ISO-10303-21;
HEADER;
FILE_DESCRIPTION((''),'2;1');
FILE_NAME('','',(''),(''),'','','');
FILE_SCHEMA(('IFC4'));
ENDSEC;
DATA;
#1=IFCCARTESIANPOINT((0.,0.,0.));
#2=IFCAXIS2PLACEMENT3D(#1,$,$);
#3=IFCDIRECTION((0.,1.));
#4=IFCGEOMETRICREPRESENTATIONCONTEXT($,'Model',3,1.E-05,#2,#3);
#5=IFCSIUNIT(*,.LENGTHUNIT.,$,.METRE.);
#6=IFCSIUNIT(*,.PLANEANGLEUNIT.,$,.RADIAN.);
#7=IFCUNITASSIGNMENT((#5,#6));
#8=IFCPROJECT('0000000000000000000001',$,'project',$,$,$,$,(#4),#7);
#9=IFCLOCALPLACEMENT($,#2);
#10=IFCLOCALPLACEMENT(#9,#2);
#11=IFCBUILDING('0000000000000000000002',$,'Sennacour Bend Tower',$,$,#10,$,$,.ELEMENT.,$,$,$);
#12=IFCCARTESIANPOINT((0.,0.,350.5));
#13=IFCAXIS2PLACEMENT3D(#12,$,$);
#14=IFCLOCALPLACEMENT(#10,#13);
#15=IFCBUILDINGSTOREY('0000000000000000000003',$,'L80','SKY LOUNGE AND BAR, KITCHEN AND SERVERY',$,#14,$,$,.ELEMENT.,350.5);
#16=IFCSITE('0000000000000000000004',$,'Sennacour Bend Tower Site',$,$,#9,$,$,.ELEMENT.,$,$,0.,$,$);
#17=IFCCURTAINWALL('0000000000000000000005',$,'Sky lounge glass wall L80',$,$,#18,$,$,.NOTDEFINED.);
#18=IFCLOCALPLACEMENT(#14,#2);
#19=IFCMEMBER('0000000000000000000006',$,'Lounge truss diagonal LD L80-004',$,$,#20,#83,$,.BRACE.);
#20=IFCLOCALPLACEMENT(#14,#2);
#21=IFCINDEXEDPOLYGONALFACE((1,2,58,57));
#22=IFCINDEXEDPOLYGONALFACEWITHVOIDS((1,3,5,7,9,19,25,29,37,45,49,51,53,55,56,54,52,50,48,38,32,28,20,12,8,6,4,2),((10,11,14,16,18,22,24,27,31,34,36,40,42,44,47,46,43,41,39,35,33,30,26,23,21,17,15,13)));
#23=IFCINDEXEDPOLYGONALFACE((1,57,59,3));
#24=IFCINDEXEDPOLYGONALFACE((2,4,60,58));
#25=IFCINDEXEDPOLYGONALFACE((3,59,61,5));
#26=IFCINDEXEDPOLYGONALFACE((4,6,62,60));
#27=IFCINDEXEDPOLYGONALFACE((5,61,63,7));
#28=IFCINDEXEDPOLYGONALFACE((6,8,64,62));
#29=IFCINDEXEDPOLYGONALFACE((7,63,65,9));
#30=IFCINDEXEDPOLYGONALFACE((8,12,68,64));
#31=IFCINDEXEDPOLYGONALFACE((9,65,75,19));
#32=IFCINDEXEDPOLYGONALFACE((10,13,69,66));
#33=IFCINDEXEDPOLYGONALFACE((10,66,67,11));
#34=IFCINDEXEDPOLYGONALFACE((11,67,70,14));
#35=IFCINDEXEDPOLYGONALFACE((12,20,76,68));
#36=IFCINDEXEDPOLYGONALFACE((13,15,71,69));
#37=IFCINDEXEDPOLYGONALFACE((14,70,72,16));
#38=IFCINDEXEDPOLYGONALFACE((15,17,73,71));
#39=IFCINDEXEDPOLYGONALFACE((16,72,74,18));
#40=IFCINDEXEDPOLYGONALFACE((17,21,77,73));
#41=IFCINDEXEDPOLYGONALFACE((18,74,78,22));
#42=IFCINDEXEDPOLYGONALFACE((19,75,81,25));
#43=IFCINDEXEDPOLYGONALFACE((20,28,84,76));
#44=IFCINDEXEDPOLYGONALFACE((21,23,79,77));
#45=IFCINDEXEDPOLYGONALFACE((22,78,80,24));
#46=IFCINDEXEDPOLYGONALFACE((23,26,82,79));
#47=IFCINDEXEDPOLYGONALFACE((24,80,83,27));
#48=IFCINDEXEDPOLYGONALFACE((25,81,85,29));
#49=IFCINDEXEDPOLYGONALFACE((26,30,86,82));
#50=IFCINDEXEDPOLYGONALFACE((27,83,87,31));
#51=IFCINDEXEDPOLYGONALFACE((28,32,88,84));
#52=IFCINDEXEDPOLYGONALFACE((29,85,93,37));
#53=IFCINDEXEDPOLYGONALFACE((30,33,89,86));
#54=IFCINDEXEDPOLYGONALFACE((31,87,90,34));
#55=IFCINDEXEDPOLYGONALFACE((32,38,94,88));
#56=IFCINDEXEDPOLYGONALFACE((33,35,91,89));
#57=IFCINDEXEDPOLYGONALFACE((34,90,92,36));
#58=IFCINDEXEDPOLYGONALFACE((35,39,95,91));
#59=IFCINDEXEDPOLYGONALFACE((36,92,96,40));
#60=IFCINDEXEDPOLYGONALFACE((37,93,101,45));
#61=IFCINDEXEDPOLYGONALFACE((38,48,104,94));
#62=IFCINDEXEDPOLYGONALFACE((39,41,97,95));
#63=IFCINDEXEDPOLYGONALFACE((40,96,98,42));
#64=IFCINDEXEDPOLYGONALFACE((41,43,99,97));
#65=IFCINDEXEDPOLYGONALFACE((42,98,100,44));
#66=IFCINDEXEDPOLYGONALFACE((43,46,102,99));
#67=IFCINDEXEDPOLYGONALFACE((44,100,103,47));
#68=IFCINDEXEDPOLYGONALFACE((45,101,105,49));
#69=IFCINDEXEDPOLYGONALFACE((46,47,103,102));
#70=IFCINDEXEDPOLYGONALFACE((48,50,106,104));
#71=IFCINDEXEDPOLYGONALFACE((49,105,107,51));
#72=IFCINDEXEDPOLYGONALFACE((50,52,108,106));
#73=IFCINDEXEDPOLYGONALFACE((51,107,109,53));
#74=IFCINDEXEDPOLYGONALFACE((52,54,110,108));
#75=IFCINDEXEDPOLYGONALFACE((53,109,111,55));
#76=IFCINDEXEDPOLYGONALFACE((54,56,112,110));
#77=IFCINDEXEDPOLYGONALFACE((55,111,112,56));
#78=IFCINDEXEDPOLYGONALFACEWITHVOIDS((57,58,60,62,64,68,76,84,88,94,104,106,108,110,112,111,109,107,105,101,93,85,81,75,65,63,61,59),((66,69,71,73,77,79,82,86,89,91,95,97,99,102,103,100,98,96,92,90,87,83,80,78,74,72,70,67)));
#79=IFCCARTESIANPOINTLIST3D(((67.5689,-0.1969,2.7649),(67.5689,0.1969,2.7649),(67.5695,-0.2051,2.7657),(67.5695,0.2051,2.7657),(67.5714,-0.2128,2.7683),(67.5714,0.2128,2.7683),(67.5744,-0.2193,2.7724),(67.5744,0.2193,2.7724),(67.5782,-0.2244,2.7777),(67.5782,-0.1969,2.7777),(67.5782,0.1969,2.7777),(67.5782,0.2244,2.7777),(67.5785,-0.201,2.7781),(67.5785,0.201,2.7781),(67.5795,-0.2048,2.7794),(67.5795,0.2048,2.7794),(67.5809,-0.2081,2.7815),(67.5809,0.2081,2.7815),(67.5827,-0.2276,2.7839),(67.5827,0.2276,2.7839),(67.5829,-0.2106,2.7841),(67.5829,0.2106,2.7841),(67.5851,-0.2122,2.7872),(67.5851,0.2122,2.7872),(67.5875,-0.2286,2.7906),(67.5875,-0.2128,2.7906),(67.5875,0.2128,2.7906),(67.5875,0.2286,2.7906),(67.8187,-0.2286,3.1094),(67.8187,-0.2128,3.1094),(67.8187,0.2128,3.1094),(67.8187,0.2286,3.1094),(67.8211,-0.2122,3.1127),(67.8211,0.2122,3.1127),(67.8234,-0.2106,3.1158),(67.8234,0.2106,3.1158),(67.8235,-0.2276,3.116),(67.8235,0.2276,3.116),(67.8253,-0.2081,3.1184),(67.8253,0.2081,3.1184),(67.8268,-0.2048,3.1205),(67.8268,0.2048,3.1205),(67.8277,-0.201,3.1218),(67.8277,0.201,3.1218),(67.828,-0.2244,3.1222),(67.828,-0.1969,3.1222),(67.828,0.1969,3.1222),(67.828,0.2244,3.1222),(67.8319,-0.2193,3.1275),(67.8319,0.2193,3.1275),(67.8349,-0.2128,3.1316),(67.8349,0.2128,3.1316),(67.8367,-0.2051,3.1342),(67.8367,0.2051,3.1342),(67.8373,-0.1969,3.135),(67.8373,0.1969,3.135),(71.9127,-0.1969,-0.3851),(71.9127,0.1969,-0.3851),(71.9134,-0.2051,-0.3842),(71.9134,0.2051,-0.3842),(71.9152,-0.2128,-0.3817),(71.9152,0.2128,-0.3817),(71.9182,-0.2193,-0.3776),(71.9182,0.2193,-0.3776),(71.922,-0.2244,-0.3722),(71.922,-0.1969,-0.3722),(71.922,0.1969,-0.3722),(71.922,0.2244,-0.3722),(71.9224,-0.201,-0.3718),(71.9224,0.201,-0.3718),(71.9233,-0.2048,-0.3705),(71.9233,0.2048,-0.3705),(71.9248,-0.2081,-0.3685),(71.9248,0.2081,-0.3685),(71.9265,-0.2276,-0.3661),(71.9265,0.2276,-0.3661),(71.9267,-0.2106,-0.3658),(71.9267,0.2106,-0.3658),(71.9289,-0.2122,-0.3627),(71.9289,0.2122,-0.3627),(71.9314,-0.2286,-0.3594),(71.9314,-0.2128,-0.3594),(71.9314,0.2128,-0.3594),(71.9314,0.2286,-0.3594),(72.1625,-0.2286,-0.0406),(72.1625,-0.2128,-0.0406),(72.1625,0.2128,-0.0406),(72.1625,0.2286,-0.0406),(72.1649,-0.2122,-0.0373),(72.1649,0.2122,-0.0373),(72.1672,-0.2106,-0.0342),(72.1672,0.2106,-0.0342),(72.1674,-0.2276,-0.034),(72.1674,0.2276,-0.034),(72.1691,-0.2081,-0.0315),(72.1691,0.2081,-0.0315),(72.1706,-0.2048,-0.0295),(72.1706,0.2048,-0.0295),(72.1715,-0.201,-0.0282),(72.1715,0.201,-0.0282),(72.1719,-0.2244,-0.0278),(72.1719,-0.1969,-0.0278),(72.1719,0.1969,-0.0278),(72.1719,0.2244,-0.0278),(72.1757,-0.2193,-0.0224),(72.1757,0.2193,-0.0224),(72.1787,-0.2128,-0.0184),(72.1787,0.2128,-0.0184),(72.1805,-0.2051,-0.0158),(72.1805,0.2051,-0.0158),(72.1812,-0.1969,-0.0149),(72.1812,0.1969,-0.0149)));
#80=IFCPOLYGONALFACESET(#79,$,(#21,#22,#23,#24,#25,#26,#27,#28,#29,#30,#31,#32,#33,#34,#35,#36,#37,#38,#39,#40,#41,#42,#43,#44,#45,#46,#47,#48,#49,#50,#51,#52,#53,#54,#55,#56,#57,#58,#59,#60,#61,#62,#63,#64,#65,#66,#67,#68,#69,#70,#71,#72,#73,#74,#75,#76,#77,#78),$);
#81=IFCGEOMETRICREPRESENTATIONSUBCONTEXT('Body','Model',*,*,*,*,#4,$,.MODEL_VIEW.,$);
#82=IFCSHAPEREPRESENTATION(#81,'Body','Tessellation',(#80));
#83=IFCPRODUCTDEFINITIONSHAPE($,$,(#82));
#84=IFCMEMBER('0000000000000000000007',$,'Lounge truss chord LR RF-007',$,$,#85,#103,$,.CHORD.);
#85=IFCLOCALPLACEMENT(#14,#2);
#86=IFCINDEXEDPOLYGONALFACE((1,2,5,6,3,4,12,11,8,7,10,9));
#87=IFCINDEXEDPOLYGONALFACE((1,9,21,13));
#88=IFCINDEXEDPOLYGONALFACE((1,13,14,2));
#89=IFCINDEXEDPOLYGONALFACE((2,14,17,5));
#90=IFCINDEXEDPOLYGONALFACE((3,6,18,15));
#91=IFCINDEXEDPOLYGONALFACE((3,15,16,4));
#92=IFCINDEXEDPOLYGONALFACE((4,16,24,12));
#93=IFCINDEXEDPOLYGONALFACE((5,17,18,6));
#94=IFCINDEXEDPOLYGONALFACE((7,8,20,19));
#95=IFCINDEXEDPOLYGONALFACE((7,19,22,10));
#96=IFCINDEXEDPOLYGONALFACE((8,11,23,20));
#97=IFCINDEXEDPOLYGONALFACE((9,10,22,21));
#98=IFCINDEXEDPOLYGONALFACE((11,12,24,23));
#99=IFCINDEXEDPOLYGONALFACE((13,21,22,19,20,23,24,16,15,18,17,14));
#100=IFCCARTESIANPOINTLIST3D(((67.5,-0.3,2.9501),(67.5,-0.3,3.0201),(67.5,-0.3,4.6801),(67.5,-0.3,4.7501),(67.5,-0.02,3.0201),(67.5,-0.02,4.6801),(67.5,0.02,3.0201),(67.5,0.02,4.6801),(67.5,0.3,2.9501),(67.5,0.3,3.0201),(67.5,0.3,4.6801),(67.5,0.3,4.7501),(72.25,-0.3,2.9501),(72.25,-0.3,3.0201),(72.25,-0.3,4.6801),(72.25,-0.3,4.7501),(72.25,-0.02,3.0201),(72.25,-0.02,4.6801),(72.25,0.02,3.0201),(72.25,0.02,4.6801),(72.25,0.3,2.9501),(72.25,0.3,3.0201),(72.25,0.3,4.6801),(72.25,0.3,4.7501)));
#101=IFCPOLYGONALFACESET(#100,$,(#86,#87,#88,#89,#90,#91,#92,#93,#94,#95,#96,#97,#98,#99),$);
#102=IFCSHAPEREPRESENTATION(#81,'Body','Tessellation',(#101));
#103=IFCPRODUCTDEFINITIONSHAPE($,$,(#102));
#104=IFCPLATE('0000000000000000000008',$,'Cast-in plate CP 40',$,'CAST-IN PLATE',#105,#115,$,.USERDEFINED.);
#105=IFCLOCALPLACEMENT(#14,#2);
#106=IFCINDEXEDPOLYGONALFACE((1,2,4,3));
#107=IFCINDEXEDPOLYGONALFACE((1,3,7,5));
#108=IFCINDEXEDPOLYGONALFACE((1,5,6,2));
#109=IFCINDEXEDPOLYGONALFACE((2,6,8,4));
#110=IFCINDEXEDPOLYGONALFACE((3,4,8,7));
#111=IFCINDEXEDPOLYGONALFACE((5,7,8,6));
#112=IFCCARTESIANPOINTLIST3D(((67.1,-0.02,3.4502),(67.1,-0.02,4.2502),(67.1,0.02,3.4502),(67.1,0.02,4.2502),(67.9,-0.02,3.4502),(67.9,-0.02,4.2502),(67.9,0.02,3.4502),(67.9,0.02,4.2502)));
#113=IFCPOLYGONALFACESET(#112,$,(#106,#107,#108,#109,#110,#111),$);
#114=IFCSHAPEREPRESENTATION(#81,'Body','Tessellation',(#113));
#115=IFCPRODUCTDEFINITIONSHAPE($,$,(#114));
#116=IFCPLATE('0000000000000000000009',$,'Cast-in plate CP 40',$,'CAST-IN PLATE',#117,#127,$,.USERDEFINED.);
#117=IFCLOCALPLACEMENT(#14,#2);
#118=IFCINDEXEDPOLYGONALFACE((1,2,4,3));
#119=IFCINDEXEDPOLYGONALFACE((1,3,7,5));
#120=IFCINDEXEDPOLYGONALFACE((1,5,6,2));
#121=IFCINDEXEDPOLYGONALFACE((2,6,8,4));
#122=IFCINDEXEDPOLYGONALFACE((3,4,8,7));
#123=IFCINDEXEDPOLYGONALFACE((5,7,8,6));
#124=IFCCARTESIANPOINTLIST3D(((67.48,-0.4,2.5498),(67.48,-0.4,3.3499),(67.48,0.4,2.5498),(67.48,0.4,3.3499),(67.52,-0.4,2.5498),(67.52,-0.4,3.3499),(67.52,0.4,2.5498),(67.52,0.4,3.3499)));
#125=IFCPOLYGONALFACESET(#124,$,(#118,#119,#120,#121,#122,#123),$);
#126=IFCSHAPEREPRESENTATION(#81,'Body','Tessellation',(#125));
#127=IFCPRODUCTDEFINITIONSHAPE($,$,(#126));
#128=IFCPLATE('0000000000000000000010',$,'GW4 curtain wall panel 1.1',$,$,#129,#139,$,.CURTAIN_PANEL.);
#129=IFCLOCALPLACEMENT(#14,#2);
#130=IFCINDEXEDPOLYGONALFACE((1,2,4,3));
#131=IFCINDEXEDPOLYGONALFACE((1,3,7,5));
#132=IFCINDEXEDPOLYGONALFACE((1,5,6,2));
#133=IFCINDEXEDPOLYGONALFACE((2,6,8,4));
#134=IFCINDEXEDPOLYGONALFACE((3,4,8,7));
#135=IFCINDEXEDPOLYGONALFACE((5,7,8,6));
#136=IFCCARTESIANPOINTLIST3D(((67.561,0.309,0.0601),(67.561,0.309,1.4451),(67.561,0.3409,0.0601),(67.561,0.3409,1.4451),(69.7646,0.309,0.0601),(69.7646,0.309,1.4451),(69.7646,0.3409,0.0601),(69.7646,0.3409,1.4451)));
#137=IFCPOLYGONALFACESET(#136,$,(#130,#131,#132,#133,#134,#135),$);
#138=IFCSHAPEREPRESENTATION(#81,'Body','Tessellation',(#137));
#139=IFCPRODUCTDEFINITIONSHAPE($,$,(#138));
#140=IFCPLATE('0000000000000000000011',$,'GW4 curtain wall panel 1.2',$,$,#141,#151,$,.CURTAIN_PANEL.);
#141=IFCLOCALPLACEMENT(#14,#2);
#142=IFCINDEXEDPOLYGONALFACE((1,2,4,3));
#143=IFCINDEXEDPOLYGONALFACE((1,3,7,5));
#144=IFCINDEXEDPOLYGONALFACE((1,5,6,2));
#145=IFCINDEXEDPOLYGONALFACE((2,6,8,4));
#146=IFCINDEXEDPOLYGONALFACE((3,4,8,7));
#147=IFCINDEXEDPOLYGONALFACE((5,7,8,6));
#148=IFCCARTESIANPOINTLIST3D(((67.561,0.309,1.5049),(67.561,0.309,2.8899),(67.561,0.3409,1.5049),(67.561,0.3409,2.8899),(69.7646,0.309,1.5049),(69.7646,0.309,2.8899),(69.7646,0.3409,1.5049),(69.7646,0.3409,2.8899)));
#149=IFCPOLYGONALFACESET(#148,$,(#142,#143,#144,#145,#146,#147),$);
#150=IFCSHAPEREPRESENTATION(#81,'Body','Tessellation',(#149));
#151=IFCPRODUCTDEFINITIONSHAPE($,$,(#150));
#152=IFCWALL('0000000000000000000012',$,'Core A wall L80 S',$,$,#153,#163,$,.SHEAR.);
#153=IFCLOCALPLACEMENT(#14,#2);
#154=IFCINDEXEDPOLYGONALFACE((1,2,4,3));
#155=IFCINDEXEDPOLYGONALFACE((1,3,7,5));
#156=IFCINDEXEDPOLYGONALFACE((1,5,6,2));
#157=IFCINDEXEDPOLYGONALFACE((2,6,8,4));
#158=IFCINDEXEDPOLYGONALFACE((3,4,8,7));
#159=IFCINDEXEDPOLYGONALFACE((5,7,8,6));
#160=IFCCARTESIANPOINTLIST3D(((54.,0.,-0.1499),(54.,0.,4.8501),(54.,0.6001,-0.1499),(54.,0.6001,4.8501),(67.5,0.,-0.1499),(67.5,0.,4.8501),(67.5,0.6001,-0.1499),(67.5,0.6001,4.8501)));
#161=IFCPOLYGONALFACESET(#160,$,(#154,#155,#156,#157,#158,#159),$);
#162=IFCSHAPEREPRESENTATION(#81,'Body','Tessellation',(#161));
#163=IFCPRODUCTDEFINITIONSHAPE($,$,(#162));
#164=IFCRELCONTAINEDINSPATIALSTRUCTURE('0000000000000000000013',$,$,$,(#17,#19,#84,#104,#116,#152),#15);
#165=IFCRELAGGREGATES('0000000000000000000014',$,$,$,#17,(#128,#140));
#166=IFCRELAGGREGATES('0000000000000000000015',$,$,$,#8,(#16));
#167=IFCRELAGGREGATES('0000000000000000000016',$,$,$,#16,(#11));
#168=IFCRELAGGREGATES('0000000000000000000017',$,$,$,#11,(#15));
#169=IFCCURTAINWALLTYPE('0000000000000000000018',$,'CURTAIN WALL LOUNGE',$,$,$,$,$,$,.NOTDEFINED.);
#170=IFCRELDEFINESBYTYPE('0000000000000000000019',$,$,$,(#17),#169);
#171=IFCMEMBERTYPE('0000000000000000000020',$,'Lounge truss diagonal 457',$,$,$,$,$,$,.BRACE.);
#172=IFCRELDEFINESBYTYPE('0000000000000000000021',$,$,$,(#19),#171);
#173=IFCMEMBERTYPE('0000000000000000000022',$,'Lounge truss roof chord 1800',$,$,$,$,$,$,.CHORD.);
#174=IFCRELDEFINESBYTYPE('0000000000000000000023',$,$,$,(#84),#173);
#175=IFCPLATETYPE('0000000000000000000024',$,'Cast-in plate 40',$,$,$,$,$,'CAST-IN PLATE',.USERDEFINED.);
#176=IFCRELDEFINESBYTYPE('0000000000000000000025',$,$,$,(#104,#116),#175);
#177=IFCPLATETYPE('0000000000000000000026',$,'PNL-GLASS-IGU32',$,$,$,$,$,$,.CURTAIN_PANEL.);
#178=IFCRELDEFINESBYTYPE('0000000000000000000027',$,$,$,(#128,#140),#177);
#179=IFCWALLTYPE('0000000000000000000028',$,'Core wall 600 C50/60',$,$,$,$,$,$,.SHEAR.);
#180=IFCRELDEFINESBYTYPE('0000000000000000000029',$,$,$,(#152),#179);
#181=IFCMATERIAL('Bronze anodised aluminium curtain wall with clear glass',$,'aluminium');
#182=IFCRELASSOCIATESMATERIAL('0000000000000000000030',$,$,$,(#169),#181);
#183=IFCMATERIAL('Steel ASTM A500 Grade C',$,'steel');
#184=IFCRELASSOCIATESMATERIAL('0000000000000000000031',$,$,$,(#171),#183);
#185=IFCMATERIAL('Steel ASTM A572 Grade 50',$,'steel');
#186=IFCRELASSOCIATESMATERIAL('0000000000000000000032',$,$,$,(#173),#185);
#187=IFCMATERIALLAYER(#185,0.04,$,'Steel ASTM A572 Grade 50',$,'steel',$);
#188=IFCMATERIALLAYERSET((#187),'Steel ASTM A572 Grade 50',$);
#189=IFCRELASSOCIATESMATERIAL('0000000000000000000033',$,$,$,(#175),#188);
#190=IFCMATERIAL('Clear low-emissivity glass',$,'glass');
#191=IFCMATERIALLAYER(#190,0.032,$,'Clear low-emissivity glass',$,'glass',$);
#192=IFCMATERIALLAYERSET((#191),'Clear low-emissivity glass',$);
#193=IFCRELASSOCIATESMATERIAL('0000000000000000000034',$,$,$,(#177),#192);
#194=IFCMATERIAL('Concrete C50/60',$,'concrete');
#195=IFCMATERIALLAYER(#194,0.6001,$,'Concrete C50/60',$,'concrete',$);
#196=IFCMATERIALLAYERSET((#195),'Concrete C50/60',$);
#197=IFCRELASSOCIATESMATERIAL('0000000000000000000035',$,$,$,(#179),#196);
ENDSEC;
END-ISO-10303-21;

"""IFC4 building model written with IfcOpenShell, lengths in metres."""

from ifc_helpers import new_model, si_unit, direction, frame, frame_2d, origin, origin_2d, place, context, subcontext, project, spatial, rectangle, hollow_rectangle, i_section, extrude, material, layer, layer_set, material_profile, profile_set, type_object, element, aggregate, save


model = new_model("IFC4")

# Units and contexts
model_context = context("Model", 3, precision=1e-05, world=origin(), true_north=direction((0.0, 1.0)))
body_context = subcontext(model_context, "Body", "Model", "MODEL_VIEW")
ifc_project = project(units=[si_unit("LENGTHUNIT", "METRE"), si_unit("PLANEANGLEUNIT", "RADIAN")], contexts=[model_context])

# Site, building, storey
site_placement = place(None, origin())
site = spatial("IfcSite", under=ifc_project, at=site_placement, Name="Sennacour Bend Tower Site", CompositionType="ELEMENT", RefElevation=0.0)
building_placement = place(site_placement, origin())
building = spatial("IfcBuilding", under=site, at=building_placement, Name="Sennacour Bend Tower", CompositionType="ELEMENT")
storey_placement = place(building_placement, frame((0.0, 0.0, 350.5)))
storey = spatial("IfcBuildingStorey", under=building, at=storey_placement, Name="L80", Description="SKY LOUNGE AND BAR, KITCHEN AND SERVERY", CompositionType="ELEMENT", Elevation=350.5)

# Curtain wall
ifc_material_1 = material(Name="Bronze anodised aluminium curtain wall with clear glass", Category="aluminium")
curtain_wall_type = type_object("IfcCurtainWallType", Name="CURTAIN WALL LOUNGE", PredefinedType="NOTDEFINED", material=ifc_material_1)
curtain_wall_placement = place(storey_placement, origin())
curtain_wall = element("IfcCurtainWall", 1, at=curtain_wall_placement, inside=storey, type_object=curtain_wall_type, Name="Sky lounge glass wall L80", PredefinedType="NOTDEFINED")

# Members
ifc_material_2 = material(Name="Steel ASTM A500 Grade C", Category="steel")
ifc_material_profile_1 = material_profile(ifc_material_2, hollow_rectangle(XDim=0.4573, YDim=0.4573, WallThickness=0.0159, InnerFilletRadius=0.0159, OuterFilletRadius=0.0317, at=origin_2d()), Name="Steel ASTM A500 Grade C", Category="steel")
ifc_profile_set_1 = profile_set([ifc_material_profile_1], Name="Steel ASTM A500 Grade C")
member_type_1 = type_object("IfcMemberType", Name="Lounge truss diagonal 457", PredefinedType="BRACE", material=ifc_profile_set_1)
member_1_placement = place(storey_placement, frame((67.7031, 0.0, 2.95), z_axis=(0.80955, 0.0, -0.587051), x_axis=(0.0, 1.0, 0.0)))
element("IfcMember", 2, at=member_1_placement, inside=storey, type_object=member_type_1, Name="Lounge truss diagonal LD L80-004", PredefinedType="BRACE", context=body_context, shape_type="SweptSolid", body=[
    extrude(hollow_rectangle(XDim=0.4573, YDim=0.4573, WallThickness=0.0159, InnerFilletRadius=0.0159, OuterFilletRadius=0.0317, at=origin_2d()), origin(), (0.0, 0.0, 1.0), 5.3657),
])
ifc_material_3 = material(Name="Steel ASTM A572 Grade 50", Category="steel")
ifc_material_profile_2 = material_profile(ifc_material_3, i_section(OverallWidth=0.6001, OverallDepth=1.8, WebThickness=0.04, FlangeThickness=0.0701, at=origin_2d()), Name="Steel ASTM A572 Grade 50", Category="steel")
ifc_profile_set_2 = profile_set([ifc_material_profile_2], Name="Steel ASTM A572 Grade 50")
member_type_2 = type_object("IfcMemberType", Name="Lounge truss roof chord 1800", PredefinedType="CHORD", material=ifc_profile_set_2)
member_2_placement = place(storey_placement, frame((67.5, 0.0, 3.8501), z_axis=(1.0, 0.0, 0.0), x_axis=(0.0, 1.0, 0.0)))
element("IfcMember", 3, at=member_2_placement, inside=storey, type_object=member_type_2, Name="Lounge truss chord LR RF-007", PredefinedType="CHORD", context=body_context, shape_type="SweptSolid", body=[
    extrude(i_section(OverallWidth=0.6001, OverallDepth=1.8, WebThickness=0.04, FlangeThickness=0.0701, at=origin_2d()), origin(), (0.0, 0.0, 1.0), 4.75),
])

# Plates
ifc_layer_1 = layer(ifc_material_3, 0.04, Name="Steel ASTM A572 Grade 50", Category="steel")
ifc_layer_set_1 = layer_set([ifc_layer_1], Name="Steel ASTM A572 Grade 50")
plate_type_1 = type_object("IfcPlateType", Name="Cast-in plate 40", ElementType="CAST-IN PLATE", PredefinedType="USERDEFINED", material=ifc_layer_set_1)
plate_1_placement = place(storey_placement, frame((67.5, 0.0, 3.4502), z_axis=(0.0, 0.0, 1.0), x_axis=(1.0, 0.0, 0.0)))
element("IfcPlate", 4, at=plate_1_placement, inside=storey, type_object=plate_type_1, Name="Cast-in plate CP 40", ObjectType="CAST-IN PLATE", PredefinedType="USERDEFINED", context=body_context, shape_type="SweptSolid", body=[
    extrude(rectangle(XDim=0.8, YDim=0.04, at=origin_2d()), origin(), (0.0, 0.0, 1.0), 0.8),
])
plate_2_placement = place(storey_placement, frame((67.5, 0.0, 2.5498), z_axis=(0.0, 0.0, 1.0), x_axis=(1.0, 0.0, 0.0)))
element("IfcPlate", 5, at=plate_2_placement, inside=storey, type_object=plate_type_1, Name="Cast-in plate CP 40", ObjectType="CAST-IN PLATE", PredefinedType="USERDEFINED", context=body_context, shape_type="SweptSolid", body=[
    extrude(rectangle(XDim=0.04, YDim=0.8, at=origin_2d()), origin(), (0.0, 0.0, 1.0), 0.8),
])

# Plates
ifc_material_4 = material(Name="Clear low-emissivity glass", Category="glass")
ifc_layer_2 = layer(ifc_material_4, 0.032, Name="Clear low-emissivity glass", Category="glass")
ifc_layer_set_2 = layer_set([ifc_layer_2], Name="Clear low-emissivity glass")
plate_type_2 = type_object("IfcPlateType", Name="PNL-GLASS-IGU32", PredefinedType="CURTAIN_PANEL", material=ifc_layer_set_2)
plate_3_placement = place(storey_placement, frame((68.6628, 0.325, 0.0601), z_axis=(0.0, 0.0, 1.0), x_axis=(1.0, 0.0, 0.0)))
plate_3 = element("IfcPlate", 6, at=plate_3_placement, type_object=plate_type_2, Name="GW4 curtain wall panel 1.1", PredefinedType="CURTAIN_PANEL", context=body_context, shape_type="SweptSolid", body=[
    extrude(rectangle(XDim=2.2036, YDim=0.032, at=origin_2d()), origin(), (0.0, 0.0, 1.0), 1.385),
])
plate_4_placement = place(storey_placement, frame((68.6628, 0.325, 1.5049), z_axis=(0.0, 0.0, 1.0), x_axis=(1.0, 0.0, 0.0)))
plate_4 = element("IfcPlate", 7, at=plate_4_placement, type_object=plate_type_2, Name="GW4 curtain wall panel 1.2", PredefinedType="CURTAIN_PANEL", context=body_context, shape_type="SweptSolid", body=[
    extrude(rectangle(XDim=2.2036, YDim=0.032, at=origin_2d()), origin(), (0.0, 0.0, 1.0), 1.385),
])
aggregate(curtain_wall, [plate_3, plate_4])

# Wall
ifc_material_5 = material(Name="Concrete C50/60", Category="concrete")
ifc_layer_3 = layer(ifc_material_5, 0.6001, Name="Concrete C50/60", Category="concrete")
ifc_layer_set_3 = layer_set([ifc_layer_3], Name="Concrete C50/60")
wall_type_1 = type_object("IfcWallType", Name="Core wall 600 C50/60", PredefinedType="SHEAR", material=ifc_layer_set_3)
wall_1_placement = place(storey_placement, frame((67.5, 0.3, -0.1499), z_axis=(0.0, 0.0, 1.0), x_axis=(-1.0, 0.0, 0.0)))
element("IfcWall", 8, at=wall_1_placement, inside=storey, type_object=wall_type_1, Name="Core A wall L80 S", PredefinedType="SHEAR", context=body_context, shape_type="SweptSolid", body=[
    extrude(rectangle(XDim=13.5, YDim=0.6001, at=frame_2d((6.75, 0.0))), origin(), (0.0, 0.0, 1.0), 5.0),
])

save(model, "model.ifc")
